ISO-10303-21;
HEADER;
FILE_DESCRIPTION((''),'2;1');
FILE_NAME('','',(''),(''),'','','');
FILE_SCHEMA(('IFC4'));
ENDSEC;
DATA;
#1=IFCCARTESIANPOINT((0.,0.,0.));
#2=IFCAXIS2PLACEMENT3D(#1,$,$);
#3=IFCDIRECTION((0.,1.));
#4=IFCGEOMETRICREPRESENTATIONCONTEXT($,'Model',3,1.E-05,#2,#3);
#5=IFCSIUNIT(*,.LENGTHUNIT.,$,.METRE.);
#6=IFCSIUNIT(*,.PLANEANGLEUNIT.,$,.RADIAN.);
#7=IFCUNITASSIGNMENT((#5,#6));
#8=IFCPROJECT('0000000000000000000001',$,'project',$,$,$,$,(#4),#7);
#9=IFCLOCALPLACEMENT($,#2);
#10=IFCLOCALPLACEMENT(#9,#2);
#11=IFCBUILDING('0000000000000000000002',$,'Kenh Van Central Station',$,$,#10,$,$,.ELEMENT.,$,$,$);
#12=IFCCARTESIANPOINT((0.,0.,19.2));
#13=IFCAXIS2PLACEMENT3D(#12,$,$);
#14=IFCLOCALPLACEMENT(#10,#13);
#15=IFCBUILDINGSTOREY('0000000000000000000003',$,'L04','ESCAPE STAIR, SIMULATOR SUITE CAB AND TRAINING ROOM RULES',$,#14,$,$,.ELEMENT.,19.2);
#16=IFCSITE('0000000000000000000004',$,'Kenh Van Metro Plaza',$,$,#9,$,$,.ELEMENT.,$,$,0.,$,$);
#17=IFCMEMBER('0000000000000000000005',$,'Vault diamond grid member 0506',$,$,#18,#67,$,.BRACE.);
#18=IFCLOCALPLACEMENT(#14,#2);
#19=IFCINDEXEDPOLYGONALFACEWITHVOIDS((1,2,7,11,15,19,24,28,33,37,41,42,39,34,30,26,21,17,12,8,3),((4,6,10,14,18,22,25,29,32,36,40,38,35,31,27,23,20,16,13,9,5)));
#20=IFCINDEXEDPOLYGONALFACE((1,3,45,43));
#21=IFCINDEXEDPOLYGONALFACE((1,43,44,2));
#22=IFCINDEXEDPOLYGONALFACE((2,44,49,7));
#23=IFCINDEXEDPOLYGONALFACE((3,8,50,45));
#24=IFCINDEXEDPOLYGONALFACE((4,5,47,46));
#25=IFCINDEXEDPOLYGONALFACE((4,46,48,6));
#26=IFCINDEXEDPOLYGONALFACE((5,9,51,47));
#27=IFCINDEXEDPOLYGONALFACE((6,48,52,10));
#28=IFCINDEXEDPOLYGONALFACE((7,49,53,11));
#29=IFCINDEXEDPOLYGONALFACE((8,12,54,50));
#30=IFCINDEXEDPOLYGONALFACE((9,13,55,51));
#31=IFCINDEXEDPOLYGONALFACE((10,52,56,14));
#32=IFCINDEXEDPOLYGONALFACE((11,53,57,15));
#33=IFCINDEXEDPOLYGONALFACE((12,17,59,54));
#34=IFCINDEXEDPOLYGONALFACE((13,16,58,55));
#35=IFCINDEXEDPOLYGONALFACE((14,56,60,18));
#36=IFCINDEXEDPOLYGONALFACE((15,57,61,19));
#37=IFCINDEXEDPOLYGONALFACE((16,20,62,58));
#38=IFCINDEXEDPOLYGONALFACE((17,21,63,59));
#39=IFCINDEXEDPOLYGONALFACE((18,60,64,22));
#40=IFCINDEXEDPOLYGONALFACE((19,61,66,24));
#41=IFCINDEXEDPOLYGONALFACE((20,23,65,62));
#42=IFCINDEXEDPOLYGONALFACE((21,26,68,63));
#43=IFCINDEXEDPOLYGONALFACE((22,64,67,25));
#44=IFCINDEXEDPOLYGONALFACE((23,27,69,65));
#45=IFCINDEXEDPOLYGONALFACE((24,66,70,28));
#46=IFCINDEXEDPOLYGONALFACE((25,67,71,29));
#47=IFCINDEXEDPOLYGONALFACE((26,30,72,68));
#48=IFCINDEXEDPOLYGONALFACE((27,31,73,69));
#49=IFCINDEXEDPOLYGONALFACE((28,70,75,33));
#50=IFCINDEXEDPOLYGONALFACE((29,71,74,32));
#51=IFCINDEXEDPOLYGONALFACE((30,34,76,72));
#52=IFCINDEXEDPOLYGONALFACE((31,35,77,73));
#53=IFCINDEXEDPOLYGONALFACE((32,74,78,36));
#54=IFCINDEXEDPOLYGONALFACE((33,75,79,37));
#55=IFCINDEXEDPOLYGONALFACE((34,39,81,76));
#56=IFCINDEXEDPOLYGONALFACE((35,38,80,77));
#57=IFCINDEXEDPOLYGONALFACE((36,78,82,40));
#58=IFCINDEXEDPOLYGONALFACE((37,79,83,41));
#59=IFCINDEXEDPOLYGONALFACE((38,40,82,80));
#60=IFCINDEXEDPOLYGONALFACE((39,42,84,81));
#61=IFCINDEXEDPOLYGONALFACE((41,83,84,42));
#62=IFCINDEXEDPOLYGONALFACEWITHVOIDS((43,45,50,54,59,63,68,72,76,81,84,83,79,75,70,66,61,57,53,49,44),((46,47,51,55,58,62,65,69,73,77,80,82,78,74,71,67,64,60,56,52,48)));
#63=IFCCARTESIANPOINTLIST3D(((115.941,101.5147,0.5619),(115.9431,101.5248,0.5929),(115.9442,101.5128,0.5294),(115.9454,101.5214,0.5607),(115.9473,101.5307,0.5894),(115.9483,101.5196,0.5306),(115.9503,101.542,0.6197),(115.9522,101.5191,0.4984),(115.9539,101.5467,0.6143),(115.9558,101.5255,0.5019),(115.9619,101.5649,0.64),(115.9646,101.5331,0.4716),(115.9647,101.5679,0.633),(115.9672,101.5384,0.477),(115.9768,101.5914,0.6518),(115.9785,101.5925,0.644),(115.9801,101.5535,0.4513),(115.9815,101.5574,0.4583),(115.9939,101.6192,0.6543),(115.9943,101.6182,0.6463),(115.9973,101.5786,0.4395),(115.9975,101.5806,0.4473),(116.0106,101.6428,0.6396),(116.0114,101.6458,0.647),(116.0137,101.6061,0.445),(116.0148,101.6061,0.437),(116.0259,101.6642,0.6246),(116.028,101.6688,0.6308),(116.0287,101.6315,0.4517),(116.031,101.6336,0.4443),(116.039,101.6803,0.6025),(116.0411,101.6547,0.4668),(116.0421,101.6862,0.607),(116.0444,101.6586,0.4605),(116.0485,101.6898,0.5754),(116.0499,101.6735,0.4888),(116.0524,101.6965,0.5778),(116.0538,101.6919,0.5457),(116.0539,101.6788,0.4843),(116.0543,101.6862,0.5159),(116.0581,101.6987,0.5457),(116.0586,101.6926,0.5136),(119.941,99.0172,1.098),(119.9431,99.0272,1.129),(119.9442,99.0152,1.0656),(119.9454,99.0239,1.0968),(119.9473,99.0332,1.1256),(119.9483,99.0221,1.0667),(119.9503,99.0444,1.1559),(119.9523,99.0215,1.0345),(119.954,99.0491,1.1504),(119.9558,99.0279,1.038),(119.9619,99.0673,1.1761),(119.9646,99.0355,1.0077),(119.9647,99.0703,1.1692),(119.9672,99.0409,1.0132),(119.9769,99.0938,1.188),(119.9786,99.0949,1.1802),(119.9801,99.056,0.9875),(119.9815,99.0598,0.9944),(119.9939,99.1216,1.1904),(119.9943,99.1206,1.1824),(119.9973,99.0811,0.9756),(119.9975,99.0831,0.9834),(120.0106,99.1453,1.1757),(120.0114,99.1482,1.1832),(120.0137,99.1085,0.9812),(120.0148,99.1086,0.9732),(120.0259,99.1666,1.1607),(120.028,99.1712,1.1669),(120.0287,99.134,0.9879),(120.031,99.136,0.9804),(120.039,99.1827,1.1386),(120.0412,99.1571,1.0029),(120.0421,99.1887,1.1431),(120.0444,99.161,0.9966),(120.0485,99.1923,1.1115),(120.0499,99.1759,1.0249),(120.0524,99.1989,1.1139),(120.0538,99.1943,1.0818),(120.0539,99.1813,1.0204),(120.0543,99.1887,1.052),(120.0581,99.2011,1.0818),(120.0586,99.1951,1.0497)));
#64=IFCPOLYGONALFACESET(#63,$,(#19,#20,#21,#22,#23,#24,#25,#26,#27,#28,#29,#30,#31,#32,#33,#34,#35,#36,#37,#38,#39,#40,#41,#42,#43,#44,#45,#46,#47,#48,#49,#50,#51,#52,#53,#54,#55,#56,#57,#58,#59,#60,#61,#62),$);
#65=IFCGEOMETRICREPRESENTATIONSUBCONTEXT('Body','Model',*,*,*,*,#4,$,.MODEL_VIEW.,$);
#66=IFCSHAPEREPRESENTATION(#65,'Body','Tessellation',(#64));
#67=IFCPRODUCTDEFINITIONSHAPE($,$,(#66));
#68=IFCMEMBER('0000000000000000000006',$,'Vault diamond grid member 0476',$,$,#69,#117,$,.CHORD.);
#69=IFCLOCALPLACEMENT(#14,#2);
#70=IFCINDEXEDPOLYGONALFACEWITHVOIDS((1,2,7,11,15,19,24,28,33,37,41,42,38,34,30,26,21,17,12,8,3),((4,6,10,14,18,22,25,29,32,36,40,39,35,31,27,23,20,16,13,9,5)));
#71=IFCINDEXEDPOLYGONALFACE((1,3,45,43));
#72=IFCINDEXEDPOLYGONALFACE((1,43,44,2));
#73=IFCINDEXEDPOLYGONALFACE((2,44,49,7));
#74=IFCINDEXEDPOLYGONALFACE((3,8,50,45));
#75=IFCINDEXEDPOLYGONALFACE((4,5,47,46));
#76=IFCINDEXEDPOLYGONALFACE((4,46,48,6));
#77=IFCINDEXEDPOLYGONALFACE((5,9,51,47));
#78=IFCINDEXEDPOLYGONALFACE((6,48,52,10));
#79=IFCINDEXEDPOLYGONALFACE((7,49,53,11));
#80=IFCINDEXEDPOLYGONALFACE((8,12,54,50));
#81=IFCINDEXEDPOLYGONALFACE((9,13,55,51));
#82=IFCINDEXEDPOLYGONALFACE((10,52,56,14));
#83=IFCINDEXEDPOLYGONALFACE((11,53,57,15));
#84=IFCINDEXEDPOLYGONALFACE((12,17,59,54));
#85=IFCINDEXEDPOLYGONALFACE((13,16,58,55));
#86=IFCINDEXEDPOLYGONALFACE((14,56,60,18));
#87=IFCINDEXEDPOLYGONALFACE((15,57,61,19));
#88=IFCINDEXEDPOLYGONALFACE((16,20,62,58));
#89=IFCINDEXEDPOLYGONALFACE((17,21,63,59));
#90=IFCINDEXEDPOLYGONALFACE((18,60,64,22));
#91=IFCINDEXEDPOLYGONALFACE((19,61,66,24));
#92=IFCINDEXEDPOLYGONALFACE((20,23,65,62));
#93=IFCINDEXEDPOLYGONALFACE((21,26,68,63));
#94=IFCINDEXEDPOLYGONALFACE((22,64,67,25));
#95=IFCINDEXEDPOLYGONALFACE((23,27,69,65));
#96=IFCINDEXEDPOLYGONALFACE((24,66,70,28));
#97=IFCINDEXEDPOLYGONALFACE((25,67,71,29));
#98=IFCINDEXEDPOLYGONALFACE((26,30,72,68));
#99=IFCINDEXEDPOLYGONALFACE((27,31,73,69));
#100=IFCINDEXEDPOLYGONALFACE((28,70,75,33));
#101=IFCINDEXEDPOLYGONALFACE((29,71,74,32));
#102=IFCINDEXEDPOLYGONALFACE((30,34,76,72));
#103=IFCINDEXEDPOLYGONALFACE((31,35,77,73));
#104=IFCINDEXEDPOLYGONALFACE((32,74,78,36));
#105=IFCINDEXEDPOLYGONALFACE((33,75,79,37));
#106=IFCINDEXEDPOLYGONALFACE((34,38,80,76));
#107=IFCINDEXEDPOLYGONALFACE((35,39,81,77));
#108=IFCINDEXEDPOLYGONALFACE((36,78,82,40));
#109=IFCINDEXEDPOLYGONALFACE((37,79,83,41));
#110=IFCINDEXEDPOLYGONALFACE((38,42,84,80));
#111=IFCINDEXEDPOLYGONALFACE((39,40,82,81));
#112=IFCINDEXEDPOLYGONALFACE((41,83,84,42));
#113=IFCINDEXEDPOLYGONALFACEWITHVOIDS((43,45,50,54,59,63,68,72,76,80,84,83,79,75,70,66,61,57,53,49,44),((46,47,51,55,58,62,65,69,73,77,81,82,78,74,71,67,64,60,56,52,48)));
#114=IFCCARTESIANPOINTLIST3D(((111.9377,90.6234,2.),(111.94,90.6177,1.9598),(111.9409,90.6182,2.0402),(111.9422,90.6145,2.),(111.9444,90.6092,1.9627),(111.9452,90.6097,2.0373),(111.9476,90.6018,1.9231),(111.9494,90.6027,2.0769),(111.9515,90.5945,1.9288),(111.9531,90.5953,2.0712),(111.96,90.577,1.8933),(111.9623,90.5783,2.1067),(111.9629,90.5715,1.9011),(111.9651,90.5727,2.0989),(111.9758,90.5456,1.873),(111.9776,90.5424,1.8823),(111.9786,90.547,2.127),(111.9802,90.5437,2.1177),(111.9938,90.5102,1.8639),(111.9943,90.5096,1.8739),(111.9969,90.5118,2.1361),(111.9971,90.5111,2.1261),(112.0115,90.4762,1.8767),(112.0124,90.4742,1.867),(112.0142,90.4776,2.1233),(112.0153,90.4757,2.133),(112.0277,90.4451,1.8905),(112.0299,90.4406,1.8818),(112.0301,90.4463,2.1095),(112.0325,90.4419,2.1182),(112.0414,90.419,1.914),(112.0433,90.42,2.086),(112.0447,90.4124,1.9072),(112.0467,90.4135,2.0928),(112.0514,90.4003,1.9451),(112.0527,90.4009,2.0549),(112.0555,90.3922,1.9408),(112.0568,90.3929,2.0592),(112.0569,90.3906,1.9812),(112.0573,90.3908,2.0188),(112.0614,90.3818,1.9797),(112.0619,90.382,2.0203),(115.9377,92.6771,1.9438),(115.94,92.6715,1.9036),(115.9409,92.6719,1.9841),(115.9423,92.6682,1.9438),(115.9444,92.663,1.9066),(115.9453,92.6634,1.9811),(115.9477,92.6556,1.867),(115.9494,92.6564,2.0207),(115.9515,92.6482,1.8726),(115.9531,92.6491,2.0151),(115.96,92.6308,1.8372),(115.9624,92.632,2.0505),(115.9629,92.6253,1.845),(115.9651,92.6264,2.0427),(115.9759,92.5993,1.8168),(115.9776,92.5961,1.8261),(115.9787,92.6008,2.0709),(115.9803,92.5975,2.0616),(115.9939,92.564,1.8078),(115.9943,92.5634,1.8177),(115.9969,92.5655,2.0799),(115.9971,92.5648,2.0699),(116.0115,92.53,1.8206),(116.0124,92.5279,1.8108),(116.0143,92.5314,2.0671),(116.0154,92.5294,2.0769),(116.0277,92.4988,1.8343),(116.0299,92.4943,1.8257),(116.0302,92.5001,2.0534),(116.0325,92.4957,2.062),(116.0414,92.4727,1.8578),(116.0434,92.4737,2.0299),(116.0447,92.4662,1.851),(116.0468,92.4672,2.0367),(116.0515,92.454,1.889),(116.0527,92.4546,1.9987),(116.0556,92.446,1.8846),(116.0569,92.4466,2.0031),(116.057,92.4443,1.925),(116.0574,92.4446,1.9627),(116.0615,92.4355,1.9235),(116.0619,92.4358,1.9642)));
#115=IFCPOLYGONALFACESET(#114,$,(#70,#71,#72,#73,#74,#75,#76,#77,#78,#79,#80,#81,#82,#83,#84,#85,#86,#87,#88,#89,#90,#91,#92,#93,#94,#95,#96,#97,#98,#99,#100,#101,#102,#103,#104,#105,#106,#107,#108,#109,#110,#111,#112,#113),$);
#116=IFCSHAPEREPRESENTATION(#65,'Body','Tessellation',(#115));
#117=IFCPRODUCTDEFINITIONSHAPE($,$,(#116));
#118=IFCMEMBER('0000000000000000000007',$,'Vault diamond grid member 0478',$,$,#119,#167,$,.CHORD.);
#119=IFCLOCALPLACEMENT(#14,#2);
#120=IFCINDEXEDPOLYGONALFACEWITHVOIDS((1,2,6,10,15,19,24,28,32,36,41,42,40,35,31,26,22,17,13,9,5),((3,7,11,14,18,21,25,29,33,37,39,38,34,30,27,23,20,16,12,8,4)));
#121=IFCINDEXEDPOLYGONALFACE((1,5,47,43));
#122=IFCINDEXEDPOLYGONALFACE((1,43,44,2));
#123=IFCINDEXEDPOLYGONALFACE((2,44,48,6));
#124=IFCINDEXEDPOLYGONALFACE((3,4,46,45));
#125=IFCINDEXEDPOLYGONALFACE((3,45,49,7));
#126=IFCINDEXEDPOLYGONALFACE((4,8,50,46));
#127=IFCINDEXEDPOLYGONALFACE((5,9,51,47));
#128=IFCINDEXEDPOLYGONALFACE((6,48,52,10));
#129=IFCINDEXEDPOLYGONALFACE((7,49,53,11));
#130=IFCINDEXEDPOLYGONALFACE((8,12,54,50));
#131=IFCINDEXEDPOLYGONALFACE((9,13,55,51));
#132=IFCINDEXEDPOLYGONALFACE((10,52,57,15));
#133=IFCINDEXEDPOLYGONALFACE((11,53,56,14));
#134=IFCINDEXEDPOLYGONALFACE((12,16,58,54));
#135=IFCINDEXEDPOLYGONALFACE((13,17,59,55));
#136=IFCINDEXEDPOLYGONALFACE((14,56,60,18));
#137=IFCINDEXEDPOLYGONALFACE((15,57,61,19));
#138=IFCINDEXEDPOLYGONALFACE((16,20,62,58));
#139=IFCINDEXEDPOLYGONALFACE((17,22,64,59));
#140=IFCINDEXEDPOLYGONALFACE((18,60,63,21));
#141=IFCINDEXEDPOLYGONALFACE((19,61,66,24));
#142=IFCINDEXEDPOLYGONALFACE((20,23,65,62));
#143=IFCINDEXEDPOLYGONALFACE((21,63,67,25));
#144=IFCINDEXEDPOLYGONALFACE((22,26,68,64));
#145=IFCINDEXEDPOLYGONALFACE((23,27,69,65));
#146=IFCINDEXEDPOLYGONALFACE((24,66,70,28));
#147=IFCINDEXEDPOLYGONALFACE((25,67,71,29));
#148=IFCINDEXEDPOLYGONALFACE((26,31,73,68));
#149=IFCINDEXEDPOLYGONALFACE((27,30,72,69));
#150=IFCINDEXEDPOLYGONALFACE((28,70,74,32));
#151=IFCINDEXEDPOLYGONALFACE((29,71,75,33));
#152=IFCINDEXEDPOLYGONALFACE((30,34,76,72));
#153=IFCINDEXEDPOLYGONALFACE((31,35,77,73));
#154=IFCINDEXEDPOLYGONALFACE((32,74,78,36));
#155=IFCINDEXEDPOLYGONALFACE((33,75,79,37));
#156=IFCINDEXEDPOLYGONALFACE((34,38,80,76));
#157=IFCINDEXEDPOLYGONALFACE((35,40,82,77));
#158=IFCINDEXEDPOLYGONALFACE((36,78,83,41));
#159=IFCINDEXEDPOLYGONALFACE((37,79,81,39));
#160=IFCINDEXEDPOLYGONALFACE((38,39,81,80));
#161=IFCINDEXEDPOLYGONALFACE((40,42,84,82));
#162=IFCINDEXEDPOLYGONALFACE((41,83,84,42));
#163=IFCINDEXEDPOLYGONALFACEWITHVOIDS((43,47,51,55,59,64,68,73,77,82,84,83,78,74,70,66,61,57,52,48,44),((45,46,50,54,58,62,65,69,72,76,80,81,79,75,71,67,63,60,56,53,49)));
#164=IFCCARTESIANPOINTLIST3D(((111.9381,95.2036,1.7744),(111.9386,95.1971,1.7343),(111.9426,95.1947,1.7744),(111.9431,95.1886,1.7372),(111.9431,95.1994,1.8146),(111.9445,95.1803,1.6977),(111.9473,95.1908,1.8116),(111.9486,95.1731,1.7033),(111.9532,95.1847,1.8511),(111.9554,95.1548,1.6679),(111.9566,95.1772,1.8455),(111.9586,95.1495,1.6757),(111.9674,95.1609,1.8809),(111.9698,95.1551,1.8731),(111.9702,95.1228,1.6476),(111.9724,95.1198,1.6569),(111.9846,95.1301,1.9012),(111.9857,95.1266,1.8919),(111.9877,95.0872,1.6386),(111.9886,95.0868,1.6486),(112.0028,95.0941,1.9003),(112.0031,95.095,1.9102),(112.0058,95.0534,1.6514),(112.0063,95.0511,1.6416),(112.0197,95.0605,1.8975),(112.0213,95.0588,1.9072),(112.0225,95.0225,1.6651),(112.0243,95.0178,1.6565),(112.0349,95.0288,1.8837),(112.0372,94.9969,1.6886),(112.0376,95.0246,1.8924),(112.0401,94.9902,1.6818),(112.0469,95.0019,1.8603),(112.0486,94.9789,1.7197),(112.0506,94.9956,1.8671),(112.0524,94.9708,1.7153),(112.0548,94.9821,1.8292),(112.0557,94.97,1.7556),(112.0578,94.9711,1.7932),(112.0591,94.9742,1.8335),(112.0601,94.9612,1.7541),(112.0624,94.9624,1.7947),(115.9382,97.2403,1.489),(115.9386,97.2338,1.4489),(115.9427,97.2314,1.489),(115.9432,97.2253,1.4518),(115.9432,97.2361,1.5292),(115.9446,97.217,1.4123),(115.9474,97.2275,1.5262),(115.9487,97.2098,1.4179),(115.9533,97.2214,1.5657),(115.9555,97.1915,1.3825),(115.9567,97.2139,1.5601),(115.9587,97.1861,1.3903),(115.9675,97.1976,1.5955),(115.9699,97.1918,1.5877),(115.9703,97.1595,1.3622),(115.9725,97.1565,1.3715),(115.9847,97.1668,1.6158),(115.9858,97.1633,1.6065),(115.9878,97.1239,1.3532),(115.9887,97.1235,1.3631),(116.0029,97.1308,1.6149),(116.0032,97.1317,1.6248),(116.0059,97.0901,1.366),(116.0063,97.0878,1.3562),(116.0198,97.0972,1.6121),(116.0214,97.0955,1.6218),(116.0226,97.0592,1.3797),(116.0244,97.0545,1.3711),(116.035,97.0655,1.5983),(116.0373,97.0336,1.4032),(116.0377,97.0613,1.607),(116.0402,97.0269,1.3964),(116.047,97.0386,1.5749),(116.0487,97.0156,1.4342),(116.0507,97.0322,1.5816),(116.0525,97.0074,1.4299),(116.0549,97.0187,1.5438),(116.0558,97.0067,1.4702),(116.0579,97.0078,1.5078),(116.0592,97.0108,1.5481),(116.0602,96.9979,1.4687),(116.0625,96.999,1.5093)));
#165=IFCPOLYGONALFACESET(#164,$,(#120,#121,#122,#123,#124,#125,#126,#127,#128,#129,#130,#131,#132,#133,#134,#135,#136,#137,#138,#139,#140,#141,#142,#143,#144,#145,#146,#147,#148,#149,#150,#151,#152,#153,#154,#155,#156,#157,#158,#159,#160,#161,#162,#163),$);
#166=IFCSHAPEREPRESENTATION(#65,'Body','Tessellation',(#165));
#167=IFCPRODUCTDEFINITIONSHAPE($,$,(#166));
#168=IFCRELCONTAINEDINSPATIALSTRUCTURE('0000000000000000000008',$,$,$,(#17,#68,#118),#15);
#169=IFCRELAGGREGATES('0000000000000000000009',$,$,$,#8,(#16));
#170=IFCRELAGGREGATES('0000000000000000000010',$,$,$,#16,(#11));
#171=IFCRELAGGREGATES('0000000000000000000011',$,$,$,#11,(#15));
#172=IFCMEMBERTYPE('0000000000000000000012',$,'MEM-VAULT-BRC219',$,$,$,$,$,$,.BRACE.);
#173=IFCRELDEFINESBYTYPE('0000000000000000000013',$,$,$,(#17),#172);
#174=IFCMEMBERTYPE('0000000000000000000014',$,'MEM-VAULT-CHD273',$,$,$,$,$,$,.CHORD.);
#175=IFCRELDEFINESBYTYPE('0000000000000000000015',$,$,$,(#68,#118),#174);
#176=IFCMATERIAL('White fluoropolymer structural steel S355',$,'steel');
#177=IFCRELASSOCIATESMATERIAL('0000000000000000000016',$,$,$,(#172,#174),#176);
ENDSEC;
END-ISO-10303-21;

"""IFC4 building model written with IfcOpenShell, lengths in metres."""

from ifc_helpers import new_model, si_unit, direction, frame, origin, origin_2d, place, context, subcontext, project, spatial, hollow_circle, extrude, material, material_profile, profile_set, type_object, element, save


model = new_model("IFC4")

# Units and contexts
model_context = context("Model", 3, precision=1e-05, world=origin(), true_north=direction((0.0, 1.0)))
body_context = subcontext(model_context, "Body", "Model", "MODEL_VIEW")
ifc_project = project(units=[si_unit("LENGTHUNIT", "METRE"), si_unit("PLANEANGLEUNIT", "RADIAN")], contexts=[model_context])

# Site, building, storey
site_placement = place(None, origin())
site = spatial("IfcSite", under=ifc_project, at=site_placement, Name="Kenh Van Metro Plaza", CompositionType="ELEMENT", RefElevation=0.0)
building_placement = place(site_placement, origin())
building = spatial("IfcBuilding", under=site, at=building_placement, Name="Kenh Van Central Station", CompositionType="ELEMENT")
storey_placement = place(building_placement, frame((0.0, 0.0, 19.2)))
storey = spatial("IfcBuildingStorey", under=building, at=storey_placement, Name="L04", Description="ESCAPE STAIR, SIMULATOR SUITE CAB AND TRAINING ROOM RULES", CompositionType="ELEMENT", Elevation=19.2)

# Shared definitions
ifc_material_1 = material(Name="White fluoropolymer structural steel S355", Category="steel")

# Members
ifc_material_profile_1 = material_profile(ifc_material_1, hollow_circle(Radius=0.1096, WallThickness=0.0081, at=origin_2d()), Name="CHS 219.1x8")
ifc_profile_set_1 = profile_set([ifc_material_profile_1], Name="White fluoropolymer structural steel S355")
member_type_1 = type_object("IfcMemberType", Name="MEM-VAULT-BRC219", PredefinedType="BRACE", material=ifc_profile_set_1)
member_1_placement = place(storey_placement, frame((116.0, 101.6057, 0.5457), z_axis=(0.842802, -0.526237, 0.112963), x_axis=(0.529627, 0.848231, 0.0)))
element("IfcMember", 1, at=member_1_placement, inside=storey, type_object=member_type_1, Name="Vault diamond grid member 0506", PredefinedType="BRACE", context=body_context, shape_type="SweptSolid", body=[
    extrude(hollow_circle(Radius=0.1096, WallThickness=0.0081, at=origin_2d()), origin(), (0.0, 0.0, 1.0), 4.7461),
])
ifc_material_profile_2 = material_profile(ifc_material_1, hollow_circle(Radius=0.1365, WallThickness=0.01, at=origin_2d()), Name="CHS 273x10")
ifc_profile_set_2 = profile_set([ifc_material_profile_2], Name="White fluoropolymer structural steel S355")
member_type_2 = type_object("IfcMemberType", Name="MEM-VAULT-CHD273", PredefinedType="CHORD", material=ifc_profile_set_2)
member_2_placement = place(storey_placement, frame((112.0, 90.502, 2.0), z_axis=(0.889529, 0.456709, -0.012487), x_axis=(-0.456744, 0.889598, 0.0)))
element("IfcMember", 2, at=member_2_placement, inside=storey, type_object=member_type_2, Name="Vault diamond grid member 0476", PredefinedType="CHORD", context=body_context, shape_type="SweptSolid", body=[
    extrude(hollow_circle(Radius=0.1365, WallThickness=0.01, at=origin_2d()), origin(), (0.0, 0.0, 1.0), 4.4968),
])
member_3_placement = place(storey_placement, frame((112.0, 95.082, 1.7744), z_axis=(0.889344, 0.452814, -0.063455), x_axis=(-0.453729, 0.89114, 0.0)))
element("IfcMember", 3, at=member_3_placement, inside=storey, type_object=member_type_2, Name="Vault diamond grid member 0478", PredefinedType="CHORD", context=body_context, shape_type="SweptSolid", body=[
    extrude(hollow_circle(Radius=0.1365, WallThickness=0.01, at=origin_2d()), origin(), (0.0, 0.0, 1.0), 4.4978),
])

save(model, "model.ifc")
